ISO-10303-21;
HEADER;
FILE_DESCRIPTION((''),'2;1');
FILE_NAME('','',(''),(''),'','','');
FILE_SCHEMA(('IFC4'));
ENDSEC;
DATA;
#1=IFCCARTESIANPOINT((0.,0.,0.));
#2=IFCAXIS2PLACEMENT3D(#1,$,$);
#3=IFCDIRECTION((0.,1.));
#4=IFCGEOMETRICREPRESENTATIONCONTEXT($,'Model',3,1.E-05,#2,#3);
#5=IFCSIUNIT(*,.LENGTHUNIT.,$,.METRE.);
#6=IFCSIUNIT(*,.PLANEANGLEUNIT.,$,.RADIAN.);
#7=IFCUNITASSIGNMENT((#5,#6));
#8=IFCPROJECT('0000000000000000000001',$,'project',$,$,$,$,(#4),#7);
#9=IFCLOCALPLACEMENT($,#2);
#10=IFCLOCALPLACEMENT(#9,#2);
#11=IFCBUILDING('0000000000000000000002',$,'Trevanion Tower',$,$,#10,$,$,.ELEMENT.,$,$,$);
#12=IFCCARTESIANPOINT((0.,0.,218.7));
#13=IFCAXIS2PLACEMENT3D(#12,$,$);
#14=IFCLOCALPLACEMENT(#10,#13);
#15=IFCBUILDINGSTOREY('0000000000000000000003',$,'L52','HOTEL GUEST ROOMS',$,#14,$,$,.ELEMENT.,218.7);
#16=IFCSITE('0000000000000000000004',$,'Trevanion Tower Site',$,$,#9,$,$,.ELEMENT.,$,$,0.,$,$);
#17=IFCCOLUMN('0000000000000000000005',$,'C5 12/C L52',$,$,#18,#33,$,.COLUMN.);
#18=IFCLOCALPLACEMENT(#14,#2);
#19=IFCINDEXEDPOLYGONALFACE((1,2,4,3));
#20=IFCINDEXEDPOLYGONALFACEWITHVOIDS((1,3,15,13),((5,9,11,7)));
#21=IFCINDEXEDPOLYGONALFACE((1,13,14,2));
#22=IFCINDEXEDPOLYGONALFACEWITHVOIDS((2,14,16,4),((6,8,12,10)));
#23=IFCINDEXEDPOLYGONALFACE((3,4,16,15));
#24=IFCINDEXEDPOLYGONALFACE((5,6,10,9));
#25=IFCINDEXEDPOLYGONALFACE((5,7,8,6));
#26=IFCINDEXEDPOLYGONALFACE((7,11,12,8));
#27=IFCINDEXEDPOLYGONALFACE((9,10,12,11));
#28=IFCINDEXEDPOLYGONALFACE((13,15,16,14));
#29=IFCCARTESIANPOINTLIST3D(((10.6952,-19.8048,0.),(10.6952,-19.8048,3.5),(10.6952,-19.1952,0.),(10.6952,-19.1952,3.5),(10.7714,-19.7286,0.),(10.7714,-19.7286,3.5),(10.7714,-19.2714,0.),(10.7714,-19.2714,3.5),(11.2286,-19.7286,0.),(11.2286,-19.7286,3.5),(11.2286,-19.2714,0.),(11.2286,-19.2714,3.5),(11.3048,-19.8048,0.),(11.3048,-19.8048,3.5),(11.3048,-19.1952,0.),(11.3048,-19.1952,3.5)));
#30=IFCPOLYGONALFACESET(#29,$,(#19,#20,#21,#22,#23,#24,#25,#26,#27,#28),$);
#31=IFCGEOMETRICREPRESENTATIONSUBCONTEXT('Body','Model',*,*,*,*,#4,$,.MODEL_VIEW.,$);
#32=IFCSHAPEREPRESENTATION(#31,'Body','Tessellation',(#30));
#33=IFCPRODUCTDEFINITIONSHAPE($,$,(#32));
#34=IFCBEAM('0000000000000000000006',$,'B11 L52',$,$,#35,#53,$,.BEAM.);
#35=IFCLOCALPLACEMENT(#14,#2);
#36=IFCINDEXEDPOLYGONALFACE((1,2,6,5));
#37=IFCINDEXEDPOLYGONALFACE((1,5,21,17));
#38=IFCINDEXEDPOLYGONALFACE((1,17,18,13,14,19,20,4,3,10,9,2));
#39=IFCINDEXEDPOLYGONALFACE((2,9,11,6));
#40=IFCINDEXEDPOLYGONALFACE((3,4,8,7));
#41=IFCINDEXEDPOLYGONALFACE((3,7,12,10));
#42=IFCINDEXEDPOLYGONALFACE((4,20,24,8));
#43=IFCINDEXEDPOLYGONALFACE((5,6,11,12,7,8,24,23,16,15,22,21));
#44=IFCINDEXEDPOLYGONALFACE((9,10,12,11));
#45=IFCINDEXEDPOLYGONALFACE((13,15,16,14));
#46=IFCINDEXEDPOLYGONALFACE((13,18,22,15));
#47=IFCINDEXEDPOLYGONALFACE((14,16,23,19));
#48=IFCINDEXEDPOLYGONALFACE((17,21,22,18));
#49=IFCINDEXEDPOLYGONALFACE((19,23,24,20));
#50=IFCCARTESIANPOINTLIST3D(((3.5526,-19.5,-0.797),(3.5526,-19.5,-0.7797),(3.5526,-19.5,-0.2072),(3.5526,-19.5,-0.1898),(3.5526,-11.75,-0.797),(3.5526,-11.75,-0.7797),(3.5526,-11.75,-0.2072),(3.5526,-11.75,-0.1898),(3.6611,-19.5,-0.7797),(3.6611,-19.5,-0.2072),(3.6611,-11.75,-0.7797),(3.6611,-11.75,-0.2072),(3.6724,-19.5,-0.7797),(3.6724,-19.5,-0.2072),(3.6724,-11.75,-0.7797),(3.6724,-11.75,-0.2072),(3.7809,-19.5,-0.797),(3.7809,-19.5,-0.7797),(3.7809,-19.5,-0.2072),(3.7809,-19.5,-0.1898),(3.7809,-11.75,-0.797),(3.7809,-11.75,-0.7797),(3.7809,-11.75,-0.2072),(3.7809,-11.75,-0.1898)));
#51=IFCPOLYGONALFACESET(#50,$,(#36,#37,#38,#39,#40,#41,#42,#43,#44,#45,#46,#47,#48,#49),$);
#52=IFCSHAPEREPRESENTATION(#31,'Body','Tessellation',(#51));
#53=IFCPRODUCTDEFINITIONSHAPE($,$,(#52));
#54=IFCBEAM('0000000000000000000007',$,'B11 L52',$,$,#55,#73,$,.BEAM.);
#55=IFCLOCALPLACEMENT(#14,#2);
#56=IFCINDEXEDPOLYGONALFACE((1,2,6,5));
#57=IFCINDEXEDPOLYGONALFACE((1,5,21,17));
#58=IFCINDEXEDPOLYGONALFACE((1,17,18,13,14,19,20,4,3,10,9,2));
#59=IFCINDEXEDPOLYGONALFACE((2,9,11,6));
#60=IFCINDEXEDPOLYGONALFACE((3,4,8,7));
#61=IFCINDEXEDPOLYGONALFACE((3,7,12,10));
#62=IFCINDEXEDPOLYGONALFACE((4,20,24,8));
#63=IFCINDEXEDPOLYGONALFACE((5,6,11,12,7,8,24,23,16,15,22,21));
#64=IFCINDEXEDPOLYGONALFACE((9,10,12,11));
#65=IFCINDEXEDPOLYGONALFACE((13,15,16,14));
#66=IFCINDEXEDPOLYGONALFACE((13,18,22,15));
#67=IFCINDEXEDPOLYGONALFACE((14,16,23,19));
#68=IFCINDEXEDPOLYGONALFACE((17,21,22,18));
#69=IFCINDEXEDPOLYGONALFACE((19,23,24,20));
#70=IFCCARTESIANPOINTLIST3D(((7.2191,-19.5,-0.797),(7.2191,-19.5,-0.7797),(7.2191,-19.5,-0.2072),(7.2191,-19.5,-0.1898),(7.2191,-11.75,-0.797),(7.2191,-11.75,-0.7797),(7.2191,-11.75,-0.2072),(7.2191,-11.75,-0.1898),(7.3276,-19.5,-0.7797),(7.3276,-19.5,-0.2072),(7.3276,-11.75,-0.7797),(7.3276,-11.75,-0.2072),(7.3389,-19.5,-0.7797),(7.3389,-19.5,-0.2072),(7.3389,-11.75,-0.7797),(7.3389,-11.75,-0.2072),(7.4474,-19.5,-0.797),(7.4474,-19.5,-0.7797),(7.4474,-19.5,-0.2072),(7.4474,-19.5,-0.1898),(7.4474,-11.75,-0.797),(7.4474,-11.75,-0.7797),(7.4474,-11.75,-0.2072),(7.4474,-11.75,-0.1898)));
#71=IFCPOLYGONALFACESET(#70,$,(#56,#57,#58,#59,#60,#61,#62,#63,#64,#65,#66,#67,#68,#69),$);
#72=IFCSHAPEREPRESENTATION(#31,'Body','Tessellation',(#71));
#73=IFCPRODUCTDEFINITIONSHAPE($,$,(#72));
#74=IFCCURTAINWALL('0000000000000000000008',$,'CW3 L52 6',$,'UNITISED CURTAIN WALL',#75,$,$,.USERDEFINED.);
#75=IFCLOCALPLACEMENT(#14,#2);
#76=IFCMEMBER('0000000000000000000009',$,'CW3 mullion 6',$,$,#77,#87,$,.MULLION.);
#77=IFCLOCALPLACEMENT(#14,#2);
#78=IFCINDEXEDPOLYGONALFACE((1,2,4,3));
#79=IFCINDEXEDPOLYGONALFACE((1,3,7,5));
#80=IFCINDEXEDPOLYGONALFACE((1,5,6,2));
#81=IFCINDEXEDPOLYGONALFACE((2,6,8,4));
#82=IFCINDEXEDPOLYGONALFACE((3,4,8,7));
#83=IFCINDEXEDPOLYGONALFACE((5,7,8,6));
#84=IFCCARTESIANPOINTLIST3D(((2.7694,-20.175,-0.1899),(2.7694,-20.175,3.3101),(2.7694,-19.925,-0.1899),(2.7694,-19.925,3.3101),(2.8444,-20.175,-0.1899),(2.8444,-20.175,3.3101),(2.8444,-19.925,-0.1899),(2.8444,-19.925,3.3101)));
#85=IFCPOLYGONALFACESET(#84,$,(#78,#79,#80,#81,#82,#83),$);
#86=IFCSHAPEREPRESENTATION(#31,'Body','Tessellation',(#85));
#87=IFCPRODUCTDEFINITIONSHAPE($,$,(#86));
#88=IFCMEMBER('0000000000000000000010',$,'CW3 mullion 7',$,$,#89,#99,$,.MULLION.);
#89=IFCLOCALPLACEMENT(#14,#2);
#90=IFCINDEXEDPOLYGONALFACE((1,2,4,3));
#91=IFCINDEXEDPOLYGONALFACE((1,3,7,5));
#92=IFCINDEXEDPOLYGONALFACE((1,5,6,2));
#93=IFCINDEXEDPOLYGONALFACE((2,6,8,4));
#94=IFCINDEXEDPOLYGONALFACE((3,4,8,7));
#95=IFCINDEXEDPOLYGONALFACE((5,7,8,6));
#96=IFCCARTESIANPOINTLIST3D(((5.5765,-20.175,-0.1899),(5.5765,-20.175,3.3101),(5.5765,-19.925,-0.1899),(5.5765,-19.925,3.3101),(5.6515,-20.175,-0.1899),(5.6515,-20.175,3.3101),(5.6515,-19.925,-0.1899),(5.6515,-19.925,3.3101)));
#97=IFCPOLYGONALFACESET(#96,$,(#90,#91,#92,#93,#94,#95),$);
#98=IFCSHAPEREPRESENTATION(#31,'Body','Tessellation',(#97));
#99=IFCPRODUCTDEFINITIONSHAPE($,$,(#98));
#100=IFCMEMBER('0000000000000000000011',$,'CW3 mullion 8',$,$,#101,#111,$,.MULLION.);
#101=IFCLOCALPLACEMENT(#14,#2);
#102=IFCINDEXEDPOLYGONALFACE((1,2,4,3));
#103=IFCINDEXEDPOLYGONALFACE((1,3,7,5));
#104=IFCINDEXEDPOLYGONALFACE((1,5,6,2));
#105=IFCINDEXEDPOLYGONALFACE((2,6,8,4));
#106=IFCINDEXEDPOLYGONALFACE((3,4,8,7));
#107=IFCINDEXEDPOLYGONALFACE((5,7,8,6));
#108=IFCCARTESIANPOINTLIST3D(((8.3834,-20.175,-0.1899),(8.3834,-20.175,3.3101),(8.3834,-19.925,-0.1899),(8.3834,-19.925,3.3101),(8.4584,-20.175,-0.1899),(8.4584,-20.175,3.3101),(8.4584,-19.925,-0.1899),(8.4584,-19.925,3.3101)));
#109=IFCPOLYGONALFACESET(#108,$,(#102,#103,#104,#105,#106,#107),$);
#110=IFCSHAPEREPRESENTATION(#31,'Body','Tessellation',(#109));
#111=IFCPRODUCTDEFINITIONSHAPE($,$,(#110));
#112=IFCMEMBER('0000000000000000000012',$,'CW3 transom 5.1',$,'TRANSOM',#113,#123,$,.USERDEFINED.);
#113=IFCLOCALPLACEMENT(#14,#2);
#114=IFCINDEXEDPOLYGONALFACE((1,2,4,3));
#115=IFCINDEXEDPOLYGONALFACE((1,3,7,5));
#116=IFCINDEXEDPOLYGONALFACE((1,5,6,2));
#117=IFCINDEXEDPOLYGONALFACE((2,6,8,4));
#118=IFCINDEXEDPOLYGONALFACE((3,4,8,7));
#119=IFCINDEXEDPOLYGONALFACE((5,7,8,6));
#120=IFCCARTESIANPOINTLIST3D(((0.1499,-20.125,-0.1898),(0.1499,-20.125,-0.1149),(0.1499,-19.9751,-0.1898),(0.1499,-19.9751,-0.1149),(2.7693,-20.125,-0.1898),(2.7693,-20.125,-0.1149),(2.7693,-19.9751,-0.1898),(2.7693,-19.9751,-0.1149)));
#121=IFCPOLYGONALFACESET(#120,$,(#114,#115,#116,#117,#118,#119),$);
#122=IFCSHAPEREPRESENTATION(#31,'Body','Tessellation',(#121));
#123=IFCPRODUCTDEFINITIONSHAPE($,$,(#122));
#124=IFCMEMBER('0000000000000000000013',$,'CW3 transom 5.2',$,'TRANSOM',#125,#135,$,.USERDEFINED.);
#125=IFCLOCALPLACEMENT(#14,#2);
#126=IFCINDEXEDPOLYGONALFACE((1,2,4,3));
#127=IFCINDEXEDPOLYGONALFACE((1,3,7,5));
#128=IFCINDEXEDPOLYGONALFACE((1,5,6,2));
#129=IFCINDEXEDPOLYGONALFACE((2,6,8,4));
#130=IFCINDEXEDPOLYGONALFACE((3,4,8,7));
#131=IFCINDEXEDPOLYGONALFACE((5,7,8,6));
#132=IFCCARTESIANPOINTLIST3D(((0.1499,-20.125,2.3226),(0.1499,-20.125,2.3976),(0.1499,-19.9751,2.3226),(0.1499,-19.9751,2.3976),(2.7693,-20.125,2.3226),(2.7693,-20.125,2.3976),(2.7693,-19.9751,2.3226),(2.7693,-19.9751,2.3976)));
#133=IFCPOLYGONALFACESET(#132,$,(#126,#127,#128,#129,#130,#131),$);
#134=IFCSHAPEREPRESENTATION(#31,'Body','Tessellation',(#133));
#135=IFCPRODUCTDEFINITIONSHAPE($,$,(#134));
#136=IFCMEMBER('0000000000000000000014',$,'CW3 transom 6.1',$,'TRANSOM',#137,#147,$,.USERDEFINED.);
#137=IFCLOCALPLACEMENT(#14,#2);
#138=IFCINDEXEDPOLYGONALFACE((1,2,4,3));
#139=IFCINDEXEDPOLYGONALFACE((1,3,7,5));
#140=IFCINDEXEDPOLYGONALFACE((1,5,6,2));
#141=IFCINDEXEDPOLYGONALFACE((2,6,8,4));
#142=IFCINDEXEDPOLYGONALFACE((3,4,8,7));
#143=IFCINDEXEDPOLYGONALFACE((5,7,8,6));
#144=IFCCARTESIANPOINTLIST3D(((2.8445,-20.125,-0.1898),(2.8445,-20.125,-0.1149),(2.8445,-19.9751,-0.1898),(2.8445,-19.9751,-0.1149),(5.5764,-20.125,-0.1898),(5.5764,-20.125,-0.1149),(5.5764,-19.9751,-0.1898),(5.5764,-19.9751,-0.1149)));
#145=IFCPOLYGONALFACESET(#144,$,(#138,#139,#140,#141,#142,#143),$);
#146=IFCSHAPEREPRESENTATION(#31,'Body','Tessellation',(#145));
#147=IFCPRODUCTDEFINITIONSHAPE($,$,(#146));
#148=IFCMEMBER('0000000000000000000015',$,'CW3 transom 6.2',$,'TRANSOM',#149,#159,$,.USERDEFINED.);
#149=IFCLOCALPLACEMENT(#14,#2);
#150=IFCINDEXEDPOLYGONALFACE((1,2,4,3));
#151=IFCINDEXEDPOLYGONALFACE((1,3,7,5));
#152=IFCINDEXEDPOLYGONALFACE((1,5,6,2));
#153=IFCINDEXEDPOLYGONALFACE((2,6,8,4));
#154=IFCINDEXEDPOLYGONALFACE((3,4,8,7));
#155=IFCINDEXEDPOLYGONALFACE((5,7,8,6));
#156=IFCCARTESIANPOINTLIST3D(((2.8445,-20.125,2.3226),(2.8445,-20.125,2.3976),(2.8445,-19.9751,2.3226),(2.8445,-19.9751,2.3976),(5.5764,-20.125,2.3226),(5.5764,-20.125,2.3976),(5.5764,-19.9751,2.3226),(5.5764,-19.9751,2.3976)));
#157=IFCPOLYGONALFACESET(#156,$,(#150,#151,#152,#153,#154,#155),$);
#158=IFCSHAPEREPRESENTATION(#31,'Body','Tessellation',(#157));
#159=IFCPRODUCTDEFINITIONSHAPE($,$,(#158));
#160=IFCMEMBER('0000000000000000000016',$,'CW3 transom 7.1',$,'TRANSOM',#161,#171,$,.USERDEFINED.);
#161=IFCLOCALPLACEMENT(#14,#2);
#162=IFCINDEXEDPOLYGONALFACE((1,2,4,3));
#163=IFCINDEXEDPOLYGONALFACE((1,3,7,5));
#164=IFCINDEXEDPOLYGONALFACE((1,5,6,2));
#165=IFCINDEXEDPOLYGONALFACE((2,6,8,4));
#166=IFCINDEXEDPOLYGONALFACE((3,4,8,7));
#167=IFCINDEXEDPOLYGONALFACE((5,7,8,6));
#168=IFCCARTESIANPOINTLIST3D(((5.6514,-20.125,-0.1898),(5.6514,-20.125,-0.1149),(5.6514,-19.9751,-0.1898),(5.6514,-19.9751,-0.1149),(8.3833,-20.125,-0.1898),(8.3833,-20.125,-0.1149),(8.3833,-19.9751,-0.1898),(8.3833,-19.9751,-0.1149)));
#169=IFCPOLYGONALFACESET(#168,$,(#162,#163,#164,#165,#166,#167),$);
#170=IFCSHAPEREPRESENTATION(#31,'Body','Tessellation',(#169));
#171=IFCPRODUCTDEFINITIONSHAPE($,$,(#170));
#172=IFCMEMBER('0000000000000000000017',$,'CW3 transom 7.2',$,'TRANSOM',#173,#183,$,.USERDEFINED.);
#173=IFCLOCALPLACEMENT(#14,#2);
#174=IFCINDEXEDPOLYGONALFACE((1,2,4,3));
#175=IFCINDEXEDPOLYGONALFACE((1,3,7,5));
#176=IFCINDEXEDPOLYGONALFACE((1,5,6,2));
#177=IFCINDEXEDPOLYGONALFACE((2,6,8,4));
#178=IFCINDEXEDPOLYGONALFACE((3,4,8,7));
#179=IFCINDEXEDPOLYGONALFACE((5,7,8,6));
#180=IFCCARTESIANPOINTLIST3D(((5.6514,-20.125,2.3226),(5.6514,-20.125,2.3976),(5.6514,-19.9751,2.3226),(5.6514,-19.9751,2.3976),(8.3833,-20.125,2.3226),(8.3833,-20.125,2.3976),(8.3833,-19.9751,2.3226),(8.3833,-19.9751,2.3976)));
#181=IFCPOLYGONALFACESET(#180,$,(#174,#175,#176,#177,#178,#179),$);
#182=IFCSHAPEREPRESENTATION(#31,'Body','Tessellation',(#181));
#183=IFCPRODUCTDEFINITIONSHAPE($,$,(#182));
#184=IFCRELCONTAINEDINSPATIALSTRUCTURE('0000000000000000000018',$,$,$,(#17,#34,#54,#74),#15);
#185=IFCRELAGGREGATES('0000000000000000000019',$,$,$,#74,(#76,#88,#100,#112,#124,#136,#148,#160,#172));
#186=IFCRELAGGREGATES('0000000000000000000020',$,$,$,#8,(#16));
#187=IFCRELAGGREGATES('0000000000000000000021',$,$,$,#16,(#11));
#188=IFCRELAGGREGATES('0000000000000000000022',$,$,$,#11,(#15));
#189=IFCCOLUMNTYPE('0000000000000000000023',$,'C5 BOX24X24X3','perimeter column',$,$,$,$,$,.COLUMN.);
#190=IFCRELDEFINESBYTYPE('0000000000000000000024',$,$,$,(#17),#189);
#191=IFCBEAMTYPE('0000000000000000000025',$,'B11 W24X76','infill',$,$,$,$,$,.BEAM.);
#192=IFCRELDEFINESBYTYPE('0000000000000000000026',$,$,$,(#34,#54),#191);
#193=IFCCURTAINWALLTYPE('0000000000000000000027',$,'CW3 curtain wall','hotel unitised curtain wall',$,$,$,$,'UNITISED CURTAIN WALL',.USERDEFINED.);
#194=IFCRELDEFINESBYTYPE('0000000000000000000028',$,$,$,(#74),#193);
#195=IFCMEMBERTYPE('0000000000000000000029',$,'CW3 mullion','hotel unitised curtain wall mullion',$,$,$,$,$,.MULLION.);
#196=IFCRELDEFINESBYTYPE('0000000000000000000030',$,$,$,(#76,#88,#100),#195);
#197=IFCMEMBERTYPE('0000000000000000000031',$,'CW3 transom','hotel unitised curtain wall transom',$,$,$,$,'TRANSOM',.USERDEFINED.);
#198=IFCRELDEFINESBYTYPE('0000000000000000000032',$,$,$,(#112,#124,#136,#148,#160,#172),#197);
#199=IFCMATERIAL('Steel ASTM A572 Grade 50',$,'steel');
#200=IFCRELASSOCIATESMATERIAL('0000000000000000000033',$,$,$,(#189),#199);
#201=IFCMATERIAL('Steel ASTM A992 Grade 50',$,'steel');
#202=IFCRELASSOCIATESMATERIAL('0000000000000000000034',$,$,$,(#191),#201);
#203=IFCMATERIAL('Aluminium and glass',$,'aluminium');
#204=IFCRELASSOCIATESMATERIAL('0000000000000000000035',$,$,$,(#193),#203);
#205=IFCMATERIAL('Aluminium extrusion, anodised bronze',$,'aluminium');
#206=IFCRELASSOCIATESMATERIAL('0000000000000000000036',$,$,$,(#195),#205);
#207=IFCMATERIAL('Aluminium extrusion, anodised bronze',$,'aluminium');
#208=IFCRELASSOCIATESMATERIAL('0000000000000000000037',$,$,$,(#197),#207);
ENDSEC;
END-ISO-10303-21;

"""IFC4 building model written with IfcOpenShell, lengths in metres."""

from ifc_helpers import new_model, si_unit, direction, frame, origin, origin_2d, place, context, subcontext, project, spatial, rectangle, hollow_rectangle, i_section, extrude, material, material_profile, profile_set, type_object, element, aggregate, save


model = new_model("IFC4")

# Units and contexts
model_context = context("Model", 3, precision=1e-05, world=origin(), true_north=direction((0.0, 1.0)))
body_context = subcontext(model_context, "Body", "Model", "MODEL_VIEW")
ifc_project = project(units=[si_unit("LENGTHUNIT", "METRE"), si_unit("PLANEANGLEUNIT", "RADIAN")], contexts=[model_context])

# Site, building, storey
site_placement = place(None, origin())
site = spatial("IfcSite", under=ifc_project, at=site_placement, Name="Trevanion Tower Site", CompositionType="ELEMENT", RefElevation=0.0)
building_placement = place(site_placement, origin())
building = spatial("IfcBuilding", under=site, at=building_placement, Name="Trevanion Tower", CompositionType="ELEMENT")
storey_placement = place(building_placement, frame((0.0, 0.0, 218.7)))
storey = spatial("IfcBuildingStorey", under=building, at=storey_placement, Name="L52", Description="HOTEL GUEST ROOMS", CompositionType="ELEMENT", Elevation=218.7)

# Column
ifc_material_1 = material(Name="Steel ASTM A572 Grade 50", Category="steel")
ifc_material_profile_1 = material_profile(ifc_material_1, hollow_rectangle(XDim=0.6096, YDim=0.6096, WallThickness=0.0762, at=origin_2d()), Name="BOX24X24X3")
ifc_profile_set_1 = profile_set([ifc_material_profile_1], Name="Steel ASTM A572 Grade 50")
column_type = type_object("IfcColumnType", Name="C5 BOX24X24X3", Description="perimeter column", PredefinedType="COLUMN", material=ifc_profile_set_1)
column_placement = place(storey_placement, frame((11.0, -19.5, 0.0), z_axis=(0.0, 0.0, 1.0), x_axis=(1.0, 0.0, 0.0)))
element("IfcColumn", 1, at=column_placement, inside=storey, type_object=column_type, Name="C5 12/C L52", PredefinedType="COLUMN", context=body_context, shape_type="SweptSolid", body=[
    extrude(hollow_rectangle(XDim=0.6096, YDim=0.6096, WallThickness=0.0762, at=origin_2d()), origin(), (0.0, 0.0, 1.0), 3.5),
])

# Beams
ifc_material_2 = material(Name="Steel ASTM A992 Grade 50", Category="steel")
ifc_material_profile_2 = material_profile(ifc_material_2, i_section(OverallWidth=0.2283, OverallDepth=0.6072, WebThickness=0.0112, FlangeThickness=0.0173, at=origin_2d()), Name="W24X76")
ifc_profile_set_2 = profile_set([ifc_material_profile_2], Name="Steel ASTM A992 Grade 50")
beam_type = type_object("IfcBeamType", Name="B11 W24X76", Description="infill", PredefinedType="BEAM", material=ifc_profile_set_2)
for number, where, z_axis, x_axis, name in (
    (2, (3.6667, -11.75, -0.4934), (0.0, -1.0, 0.0), (1.0, 0.0, 0.0), "B11 L52"),
    (3, (7.3333, -11.75, -0.4934), (0.0, -1.0, 0.0), (1.0, 0.0, 0.0), "B11 L52"),
):
    element("IfcBeam", number, at=place(storey_placement, frame(where, z_axis=z_axis, x_axis=x_axis)), inside=storey, type_object=beam_type, Name=name, PredefinedType="BEAM", context=body_context, shape_type="SweptSolid", body=[
        extrude(i_section(OverallWidth=0.2283, OverallDepth=0.6072, WebThickness=0.0112, FlangeThickness=0.0173, at=origin_2d()), origin(), (0.0, 0.0, 1.0), 7.75),
    ])

# Curtain wall, members
ifc_material_3 = material(Name="Aluminium and glass", Category="aluminium")
curtain_wall_type = type_object("IfcCurtainWallType", Name="CW3 curtain wall", Description="hotel unitised curtain wall", ElementType="UNITISED CURTAIN WALL", PredefinedType="USERDEFINED", material=ifc_material_3)
curtain_wall_placement = place(storey_placement, origin())
curtain_wall = element("IfcCurtainWall", 4, at=curtain_wall_placement, inside=storey, type_object=curtain_wall_type, Name="CW3 L52 6", ObjectType="UNITISED CURTAIN WALL", PredefinedType="USERDEFINED")
ifc_material_4 = material(Name="Aluminium extrusion, anodised bronze", Category="aluminium")
ifc_material_profile_3 = material_profile(ifc_material_4, rectangle(XDim=0.075, YDim=0.25, at=origin_2d()), Name="CW3 mullion")
ifc_profile_set_3 = profile_set([ifc_material_profile_3], Name="Aluminium extrusion, anodised bronze")
member_type_1 = type_object("IfcMemberType", Name="CW3 mullion", Description="hotel unitised curtain wall mullion", PredefinedType="MULLION", material=ifc_profile_set_3)
member_1_placement = place(storey_placement, frame((2.8069, -20.05, -0.1899), z_axis=(0.0, 0.0, 1.0), x_axis=(1.0, 0.0, 0.0)))
member_1 = element("IfcMember", 5, at=member_1_placement, type_object=member_type_1, Name="CW3 mullion 6", PredefinedType="MULLION", context=body_context, shape_type="SweptSolid", body=[
    extrude(rectangle(XDim=0.075, YDim=0.25, at=origin_2d()), origin(), (0.0, 0.0, 1.0), 3.5),
])
member_2_placement = place(storey_placement, frame((5.614, -20.05, -0.1899), z_axis=(0.0, 0.0, 1.0), x_axis=(1.0, 0.0, 0.0)))
member_2 = element("IfcMember", 6, at=member_2_placement, type_object=member_type_1, Name="CW3 mullion 7", PredefinedType="MULLION", context=body_context, shape_type="SweptSolid", body=[
    extrude(rectangle(XDim=0.075, YDim=0.25, at=origin_2d()), origin(), (0.0, 0.0, 1.0), 3.5),
])
member_3_placement = place(storey_placement, frame((8.4209, -20.05, -0.1899), z_axis=(0.0, 0.0, 1.0), x_axis=(1.0, 0.0, 0.0)))
member_3 = element("IfcMember", 7, at=member_3_placement, type_object=member_type_1, Name="CW3 mullion 8", PredefinedType="MULLION", context=body_context, shape_type="SweptSolid", body=[
    extrude(rectangle(XDim=0.075, YDim=0.25, at=origin_2d()), origin(), (0.0, 0.0, 1.0), 3.5),
])
ifc_material_5 = material(Name="Aluminium extrusion, anodised bronze", Category="aluminium")
ifc_material_profile_4 = material_profile(ifc_material_5, rectangle(XDim=0.1499, YDim=0.075, at=origin_2d()), Name="CW3 transom")
ifc_profile_set_4 = profile_set([ifc_material_profile_4], Name="Aluminium extrusion, anodised bronze")
member_type_2 = type_object("IfcMemberType", Name="CW3 transom", Description="hotel unitised curtain wall transom", ElementType="TRANSOM", PredefinedType="USERDEFINED", material=ifc_profile_set_4)
member_4_placement = place(storey_placement, frame((0.1499, -20.05, -0.1523), z_axis=(1.0, 0.0, 0.0), x_axis=(0.0, 1.0, 0.0)))
member_4 = element("IfcMember", 8, at=member_4_placement, type_object=member_type_2, Name="CW3 transom 5.1", ObjectType="TRANSOM", PredefinedType="USERDEFINED", context=body_context, shape_type="SweptSolid", body=[
    extrude(rectangle(XDim=0.1499, YDim=0.075, at=origin_2d()), origin(), (0.0, 0.0, 1.0), 2.6194),
])
member_5_placement = place(storey_placement, frame((0.1499, -20.05, 2.3601), z_axis=(1.0, 0.0, 0.0), x_axis=(0.0, 1.0, 0.0)))
member_5 = element("IfcMember", 9, at=member_5_placement, type_object=member_type_2, Name="CW3 transom 5.2", ObjectType="TRANSOM", PredefinedType="USERDEFINED", context=body_context, shape_type="SweptSolid", body=[
    extrude(rectangle(XDim=0.1499, YDim=0.075, at=origin_2d()), origin(), (0.0, 0.0, 1.0), 2.6194),
])
member_6_placement = place(storey_placement, frame((2.8445, -20.05, -0.1523), z_axis=(1.0, 0.0, 0.0), x_axis=(0.0, 1.0, 0.0)))
member_6 = element("IfcMember", 10, at=member_6_placement, type_object=member_type_2, Name="CW3 transom 6.1", ObjectType="TRANSOM", PredefinedType="USERDEFINED", context=body_context, shape_type="SweptSolid", body=[
    extrude(rectangle(XDim=0.1499, YDim=0.075, at=origin_2d()), origin(), (0.0, 0.0, 1.0), 2.7319),
])
member_7_placement = place(storey_placement, frame((2.8445, -20.05, 2.3601), z_axis=(1.0, 0.0, 0.0), x_axis=(0.0, 1.0, 0.0)))
member_7 = element("IfcMember", 11, at=member_7_placement, type_object=member_type_2, Name="CW3 transom 6.2", ObjectType="TRANSOM", PredefinedType="USERDEFINED", context=body_context, shape_type="SweptSolid", body=[
    extrude(rectangle(XDim=0.1499, YDim=0.075, at=origin_2d()), origin(), (0.0, 0.0, 1.0), 2.7319),
])
member_8_placement = place(storey_placement, frame((5.6514, -20.05, -0.1523), z_axis=(1.0, 0.0, 0.0), x_axis=(0.0, 1.0, 0.0)))
member_8 = element("IfcMember", 12, at=member_8_placement, type_object=member_type_2, Name="CW3 transom 7.1", ObjectType="TRANSOM", PredefinedType="USERDEFINED", context=body_context, shape_type="SweptSolid", body=[
    extrude(rectangle(XDim=0.1499, YDim=0.075, at=origin_2d()), origin(), (0.0, 0.0, 1.0), 2.7319),
])
member_9_placement = place(storey_placement, frame((5.6514, -20.05, 2.3601), z_axis=(1.0, 0.0, 0.0), x_axis=(0.0, 1.0, 0.0)))
member_9 = element("IfcMember", 13, at=member_9_placement, type_object=member_type_2, Name="CW3 transom 7.2", ObjectType="TRANSOM", PredefinedType="USERDEFINED", context=body_context, shape_type="SweptSolid", body=[
    extrude(rectangle(XDim=0.1499, YDim=0.075, at=origin_2d()), origin(), (0.0, 0.0, 1.0), 2.7319),
])
aggregate(curtain_wall, [member_1, member_2, member_3, member_4, member_5, member_6, member_7, member_8, member_9])

save(model, "model.ifc")
